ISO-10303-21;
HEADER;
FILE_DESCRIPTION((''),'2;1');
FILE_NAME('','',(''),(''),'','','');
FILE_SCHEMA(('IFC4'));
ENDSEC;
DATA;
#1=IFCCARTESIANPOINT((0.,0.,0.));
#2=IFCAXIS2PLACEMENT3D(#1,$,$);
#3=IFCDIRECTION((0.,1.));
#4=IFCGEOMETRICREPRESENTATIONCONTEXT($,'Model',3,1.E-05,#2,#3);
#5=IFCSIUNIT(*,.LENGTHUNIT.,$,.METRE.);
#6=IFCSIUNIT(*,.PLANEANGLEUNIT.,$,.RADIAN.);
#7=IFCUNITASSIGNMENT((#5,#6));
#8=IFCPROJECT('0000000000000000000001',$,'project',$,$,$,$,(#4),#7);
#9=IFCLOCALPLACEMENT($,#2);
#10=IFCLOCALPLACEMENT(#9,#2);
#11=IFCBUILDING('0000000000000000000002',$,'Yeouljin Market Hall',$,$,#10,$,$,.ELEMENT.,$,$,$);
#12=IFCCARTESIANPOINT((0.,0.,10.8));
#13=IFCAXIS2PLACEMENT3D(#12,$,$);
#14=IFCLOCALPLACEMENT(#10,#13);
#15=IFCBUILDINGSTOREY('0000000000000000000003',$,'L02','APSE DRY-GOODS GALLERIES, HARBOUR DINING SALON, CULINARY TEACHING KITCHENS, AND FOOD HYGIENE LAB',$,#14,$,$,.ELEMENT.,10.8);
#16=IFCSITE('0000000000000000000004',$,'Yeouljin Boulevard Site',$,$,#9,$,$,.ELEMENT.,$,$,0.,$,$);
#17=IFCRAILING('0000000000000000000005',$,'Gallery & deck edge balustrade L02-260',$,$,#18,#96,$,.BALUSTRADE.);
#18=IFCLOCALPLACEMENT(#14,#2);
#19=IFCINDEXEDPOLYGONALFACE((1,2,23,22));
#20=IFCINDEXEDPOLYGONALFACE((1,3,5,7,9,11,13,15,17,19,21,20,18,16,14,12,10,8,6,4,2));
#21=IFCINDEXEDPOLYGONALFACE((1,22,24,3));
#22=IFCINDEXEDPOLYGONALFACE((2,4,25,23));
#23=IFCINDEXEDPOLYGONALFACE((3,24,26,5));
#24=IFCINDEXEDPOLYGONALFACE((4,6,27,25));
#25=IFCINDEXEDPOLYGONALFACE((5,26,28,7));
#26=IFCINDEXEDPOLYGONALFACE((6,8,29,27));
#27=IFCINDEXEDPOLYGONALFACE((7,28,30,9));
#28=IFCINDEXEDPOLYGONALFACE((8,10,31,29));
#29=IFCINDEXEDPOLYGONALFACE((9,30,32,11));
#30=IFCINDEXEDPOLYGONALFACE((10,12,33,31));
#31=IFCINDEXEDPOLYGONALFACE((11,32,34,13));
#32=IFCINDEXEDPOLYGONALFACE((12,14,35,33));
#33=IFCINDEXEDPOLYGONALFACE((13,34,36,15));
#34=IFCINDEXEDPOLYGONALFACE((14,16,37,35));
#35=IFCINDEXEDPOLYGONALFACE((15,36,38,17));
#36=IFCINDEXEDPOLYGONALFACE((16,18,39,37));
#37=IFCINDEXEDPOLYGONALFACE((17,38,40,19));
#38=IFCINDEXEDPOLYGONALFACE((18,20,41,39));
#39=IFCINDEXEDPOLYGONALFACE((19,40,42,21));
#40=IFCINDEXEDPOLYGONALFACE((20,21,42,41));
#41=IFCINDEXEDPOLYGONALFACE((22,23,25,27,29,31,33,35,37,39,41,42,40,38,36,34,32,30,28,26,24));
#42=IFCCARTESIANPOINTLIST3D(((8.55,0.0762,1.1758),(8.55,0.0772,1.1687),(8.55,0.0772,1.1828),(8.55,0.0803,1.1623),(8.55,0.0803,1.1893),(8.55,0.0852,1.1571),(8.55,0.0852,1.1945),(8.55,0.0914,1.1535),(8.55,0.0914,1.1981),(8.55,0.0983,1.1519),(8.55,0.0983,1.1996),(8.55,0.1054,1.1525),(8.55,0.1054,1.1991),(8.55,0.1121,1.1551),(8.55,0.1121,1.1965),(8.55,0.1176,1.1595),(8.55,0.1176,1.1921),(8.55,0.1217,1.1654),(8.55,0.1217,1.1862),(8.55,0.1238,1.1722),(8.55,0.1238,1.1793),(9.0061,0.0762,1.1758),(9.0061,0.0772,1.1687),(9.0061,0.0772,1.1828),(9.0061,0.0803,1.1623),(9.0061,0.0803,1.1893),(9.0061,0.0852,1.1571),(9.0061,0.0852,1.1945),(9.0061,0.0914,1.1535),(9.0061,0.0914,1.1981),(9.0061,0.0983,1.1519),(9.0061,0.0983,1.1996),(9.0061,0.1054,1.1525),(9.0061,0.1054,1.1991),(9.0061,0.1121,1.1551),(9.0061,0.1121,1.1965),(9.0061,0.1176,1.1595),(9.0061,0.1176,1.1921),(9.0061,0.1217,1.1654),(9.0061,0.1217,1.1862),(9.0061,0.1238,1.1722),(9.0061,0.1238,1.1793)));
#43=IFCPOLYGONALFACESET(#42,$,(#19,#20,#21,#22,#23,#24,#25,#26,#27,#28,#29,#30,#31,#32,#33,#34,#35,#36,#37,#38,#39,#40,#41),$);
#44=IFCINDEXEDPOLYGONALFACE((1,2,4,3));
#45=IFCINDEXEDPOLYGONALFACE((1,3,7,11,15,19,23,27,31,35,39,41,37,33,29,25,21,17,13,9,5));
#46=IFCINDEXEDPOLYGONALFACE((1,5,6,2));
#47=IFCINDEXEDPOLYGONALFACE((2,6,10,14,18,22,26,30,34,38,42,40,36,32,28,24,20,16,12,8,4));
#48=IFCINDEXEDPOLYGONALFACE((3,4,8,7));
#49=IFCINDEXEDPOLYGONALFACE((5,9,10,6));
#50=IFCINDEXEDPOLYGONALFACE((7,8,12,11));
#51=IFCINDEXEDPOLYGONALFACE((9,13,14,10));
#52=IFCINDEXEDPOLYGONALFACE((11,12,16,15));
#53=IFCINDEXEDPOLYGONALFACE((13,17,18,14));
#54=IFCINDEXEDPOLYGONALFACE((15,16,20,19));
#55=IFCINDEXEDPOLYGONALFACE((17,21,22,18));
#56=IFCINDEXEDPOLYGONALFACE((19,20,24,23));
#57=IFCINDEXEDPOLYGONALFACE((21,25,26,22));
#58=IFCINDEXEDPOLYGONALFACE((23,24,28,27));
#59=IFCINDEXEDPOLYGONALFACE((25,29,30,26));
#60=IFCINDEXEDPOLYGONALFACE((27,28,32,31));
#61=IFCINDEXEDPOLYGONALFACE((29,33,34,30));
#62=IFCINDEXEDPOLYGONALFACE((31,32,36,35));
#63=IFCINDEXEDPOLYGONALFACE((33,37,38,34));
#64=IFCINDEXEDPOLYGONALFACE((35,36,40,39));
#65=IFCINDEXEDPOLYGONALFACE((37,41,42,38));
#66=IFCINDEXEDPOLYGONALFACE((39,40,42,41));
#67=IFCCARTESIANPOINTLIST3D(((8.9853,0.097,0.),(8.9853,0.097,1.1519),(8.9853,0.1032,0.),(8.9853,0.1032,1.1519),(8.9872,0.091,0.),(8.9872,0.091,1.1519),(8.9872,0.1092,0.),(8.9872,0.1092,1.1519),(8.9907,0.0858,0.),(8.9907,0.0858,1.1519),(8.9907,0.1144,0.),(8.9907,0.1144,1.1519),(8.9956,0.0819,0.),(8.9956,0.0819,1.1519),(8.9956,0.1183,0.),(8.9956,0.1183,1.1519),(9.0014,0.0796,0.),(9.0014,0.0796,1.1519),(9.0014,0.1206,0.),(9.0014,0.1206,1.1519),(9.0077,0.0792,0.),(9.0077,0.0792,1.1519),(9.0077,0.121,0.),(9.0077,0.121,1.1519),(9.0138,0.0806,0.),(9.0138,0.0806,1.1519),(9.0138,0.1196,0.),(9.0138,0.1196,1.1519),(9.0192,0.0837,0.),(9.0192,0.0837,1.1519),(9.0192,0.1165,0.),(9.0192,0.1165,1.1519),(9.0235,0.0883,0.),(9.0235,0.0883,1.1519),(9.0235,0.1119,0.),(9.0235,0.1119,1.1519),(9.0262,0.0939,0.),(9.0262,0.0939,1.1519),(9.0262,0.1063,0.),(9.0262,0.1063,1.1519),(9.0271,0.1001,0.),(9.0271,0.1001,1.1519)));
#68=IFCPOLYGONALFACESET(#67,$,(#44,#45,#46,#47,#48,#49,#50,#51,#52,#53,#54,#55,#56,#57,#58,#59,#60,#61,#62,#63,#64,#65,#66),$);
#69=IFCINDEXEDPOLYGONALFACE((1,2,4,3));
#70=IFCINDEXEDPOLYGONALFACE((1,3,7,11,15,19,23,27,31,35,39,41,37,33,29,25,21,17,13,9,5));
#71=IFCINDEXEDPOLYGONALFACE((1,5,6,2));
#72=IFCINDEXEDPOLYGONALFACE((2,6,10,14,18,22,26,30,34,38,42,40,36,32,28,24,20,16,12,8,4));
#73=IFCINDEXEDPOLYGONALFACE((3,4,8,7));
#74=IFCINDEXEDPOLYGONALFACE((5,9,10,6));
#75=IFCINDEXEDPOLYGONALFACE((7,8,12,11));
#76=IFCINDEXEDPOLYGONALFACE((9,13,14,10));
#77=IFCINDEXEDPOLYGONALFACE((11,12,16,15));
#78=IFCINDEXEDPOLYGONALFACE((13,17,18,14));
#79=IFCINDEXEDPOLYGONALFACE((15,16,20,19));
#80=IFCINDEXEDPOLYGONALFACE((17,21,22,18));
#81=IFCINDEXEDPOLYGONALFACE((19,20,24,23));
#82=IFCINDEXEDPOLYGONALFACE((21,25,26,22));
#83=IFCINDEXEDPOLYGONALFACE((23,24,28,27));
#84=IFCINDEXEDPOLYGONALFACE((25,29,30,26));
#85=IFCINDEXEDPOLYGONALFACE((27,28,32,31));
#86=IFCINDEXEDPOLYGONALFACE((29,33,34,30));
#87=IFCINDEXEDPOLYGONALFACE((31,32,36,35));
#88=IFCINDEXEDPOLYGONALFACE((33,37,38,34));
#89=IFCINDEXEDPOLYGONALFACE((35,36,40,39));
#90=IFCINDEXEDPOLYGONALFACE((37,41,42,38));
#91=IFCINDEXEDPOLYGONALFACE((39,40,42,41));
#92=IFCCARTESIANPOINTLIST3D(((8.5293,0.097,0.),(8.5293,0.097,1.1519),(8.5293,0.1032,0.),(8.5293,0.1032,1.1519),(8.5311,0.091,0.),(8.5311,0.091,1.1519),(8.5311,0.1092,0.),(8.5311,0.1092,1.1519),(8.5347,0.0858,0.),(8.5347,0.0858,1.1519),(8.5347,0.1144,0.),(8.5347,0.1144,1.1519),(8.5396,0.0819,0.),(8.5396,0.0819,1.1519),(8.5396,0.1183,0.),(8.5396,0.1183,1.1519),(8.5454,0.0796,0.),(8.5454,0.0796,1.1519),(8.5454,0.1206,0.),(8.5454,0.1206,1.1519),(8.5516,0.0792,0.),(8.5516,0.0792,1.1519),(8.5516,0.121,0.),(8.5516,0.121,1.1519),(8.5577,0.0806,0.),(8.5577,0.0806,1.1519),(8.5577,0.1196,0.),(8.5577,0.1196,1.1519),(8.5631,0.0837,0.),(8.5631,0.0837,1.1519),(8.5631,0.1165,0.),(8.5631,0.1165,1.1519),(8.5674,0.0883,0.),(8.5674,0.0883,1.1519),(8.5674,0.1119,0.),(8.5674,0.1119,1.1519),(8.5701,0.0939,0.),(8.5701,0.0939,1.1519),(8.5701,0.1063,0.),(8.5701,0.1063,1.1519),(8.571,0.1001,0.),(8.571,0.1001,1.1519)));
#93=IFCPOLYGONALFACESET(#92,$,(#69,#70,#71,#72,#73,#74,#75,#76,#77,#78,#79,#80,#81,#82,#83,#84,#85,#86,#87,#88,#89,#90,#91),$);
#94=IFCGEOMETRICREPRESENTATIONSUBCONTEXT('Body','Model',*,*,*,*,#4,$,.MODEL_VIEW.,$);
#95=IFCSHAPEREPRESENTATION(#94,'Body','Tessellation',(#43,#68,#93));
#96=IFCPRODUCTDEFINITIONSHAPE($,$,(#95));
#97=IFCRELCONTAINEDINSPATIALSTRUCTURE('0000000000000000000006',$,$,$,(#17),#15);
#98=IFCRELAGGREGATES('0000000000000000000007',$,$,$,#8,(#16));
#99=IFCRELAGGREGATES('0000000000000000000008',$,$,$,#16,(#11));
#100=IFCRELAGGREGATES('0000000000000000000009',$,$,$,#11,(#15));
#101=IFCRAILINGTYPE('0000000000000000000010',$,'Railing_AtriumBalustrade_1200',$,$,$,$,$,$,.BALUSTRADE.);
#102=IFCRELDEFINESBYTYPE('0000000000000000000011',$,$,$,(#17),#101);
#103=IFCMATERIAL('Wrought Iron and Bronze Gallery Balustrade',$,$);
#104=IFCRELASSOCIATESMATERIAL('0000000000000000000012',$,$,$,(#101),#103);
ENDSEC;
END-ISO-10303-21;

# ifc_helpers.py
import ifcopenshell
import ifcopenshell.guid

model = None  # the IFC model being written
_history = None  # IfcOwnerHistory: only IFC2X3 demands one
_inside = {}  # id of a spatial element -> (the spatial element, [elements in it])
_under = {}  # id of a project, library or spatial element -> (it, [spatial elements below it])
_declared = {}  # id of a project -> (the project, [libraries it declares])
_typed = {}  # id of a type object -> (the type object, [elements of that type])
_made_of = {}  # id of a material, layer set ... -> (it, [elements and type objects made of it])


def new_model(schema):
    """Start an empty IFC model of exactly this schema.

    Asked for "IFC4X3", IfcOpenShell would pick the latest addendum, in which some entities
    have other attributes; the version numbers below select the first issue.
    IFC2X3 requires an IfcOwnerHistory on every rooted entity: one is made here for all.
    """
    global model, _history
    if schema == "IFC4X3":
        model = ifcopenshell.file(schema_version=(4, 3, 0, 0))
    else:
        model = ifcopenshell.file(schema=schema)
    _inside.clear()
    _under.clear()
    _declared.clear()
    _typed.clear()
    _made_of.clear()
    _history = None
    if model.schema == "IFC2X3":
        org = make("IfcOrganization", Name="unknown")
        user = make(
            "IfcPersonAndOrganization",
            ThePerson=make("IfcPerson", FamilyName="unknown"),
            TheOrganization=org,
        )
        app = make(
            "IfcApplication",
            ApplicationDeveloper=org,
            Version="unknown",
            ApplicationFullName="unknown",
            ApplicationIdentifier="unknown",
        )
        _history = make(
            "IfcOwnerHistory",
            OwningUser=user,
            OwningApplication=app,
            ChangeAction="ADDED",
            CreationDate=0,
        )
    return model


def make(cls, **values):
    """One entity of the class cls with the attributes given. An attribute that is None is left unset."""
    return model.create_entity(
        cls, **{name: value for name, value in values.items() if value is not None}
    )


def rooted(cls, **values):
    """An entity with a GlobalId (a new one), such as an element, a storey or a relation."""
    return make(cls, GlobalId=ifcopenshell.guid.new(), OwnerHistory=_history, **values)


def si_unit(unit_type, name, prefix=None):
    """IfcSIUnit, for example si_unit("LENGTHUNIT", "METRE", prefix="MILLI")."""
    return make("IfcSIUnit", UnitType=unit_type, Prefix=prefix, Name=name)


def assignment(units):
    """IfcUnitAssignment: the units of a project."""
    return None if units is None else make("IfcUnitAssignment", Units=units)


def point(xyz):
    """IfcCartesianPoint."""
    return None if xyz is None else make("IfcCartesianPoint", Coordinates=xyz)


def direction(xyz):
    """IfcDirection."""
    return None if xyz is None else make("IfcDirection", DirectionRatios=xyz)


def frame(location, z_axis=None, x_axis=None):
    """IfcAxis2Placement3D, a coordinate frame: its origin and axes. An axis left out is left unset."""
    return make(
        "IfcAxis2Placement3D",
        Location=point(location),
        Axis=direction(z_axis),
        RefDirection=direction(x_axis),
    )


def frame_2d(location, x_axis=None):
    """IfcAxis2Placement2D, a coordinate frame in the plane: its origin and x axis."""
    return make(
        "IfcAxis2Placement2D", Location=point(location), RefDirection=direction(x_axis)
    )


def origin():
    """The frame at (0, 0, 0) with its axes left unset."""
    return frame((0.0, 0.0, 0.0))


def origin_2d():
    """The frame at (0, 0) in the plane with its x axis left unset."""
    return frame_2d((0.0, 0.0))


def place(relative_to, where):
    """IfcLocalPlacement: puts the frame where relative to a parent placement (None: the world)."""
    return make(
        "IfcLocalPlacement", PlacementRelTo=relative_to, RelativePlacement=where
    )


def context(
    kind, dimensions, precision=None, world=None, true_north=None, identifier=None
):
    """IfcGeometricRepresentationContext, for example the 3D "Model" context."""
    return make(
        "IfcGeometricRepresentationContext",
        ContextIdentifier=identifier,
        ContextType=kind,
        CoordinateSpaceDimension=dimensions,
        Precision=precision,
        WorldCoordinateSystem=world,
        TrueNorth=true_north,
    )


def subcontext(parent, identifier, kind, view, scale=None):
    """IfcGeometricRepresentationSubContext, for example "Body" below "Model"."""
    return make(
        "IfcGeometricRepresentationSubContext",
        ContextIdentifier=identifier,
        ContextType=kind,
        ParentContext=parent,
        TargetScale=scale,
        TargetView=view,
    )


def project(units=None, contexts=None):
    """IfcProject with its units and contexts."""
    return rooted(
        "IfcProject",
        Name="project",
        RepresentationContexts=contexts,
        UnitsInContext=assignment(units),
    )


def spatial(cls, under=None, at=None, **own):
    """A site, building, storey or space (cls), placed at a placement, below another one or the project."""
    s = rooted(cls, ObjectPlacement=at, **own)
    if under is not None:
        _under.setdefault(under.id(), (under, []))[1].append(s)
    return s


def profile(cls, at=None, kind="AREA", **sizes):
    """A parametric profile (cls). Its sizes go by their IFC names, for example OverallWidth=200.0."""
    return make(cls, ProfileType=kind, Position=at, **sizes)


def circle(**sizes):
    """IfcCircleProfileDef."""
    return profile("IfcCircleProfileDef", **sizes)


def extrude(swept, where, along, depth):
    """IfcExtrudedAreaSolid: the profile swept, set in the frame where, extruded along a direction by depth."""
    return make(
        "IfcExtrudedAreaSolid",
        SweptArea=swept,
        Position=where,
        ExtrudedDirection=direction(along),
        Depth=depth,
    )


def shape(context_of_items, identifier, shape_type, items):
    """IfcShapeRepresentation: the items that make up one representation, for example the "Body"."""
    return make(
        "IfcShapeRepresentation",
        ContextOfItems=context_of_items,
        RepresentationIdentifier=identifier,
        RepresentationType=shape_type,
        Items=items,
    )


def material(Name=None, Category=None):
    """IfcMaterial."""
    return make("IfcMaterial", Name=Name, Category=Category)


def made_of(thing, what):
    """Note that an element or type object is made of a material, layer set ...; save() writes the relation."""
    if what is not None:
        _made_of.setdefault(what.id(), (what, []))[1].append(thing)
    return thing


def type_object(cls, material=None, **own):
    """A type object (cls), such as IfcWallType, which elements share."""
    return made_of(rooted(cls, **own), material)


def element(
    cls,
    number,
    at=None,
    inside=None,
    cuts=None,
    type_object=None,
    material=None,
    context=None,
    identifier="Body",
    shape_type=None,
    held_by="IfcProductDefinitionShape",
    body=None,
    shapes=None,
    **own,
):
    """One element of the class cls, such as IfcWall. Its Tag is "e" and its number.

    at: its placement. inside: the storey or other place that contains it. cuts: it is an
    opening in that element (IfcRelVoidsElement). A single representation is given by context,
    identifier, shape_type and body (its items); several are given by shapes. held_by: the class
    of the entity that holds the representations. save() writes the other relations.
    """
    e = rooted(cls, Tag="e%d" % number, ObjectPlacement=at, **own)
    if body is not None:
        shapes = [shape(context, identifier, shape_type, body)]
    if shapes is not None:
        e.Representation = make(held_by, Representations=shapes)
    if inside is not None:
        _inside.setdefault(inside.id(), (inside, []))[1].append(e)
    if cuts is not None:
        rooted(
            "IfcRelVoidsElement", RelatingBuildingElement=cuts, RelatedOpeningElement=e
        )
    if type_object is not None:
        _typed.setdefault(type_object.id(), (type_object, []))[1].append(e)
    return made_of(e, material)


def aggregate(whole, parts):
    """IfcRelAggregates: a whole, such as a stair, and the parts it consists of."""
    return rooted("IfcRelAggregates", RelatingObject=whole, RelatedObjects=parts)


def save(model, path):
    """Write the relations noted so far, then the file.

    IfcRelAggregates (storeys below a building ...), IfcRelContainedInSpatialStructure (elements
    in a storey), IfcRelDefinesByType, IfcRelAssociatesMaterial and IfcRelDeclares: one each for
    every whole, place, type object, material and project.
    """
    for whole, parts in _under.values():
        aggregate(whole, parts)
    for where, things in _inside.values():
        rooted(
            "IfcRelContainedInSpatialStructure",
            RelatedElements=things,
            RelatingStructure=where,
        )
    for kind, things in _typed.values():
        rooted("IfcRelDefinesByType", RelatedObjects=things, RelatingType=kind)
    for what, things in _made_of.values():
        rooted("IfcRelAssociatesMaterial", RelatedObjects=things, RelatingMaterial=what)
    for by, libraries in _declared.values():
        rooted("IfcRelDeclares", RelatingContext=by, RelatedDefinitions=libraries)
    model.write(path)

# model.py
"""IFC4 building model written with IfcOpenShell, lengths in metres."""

from ifc_helpers import new_model, si_unit, direction, frame, origin, origin_2d, place, context, subcontext, project, spatial, circle, extrude, material, type_object, element, save


model = new_model("IFC4")

# Units and contexts
model_context = context("Model", 3, precision=1e-05, world=origin(), true_north=direction((0.0, 1.0)))
body_context = subcontext(model_context, "Body", "Model", "MODEL_VIEW")
ifc_project = project(units=[si_unit("LENGTHUNIT", "METRE"), si_unit("PLANEANGLEUNIT", "RADIAN")], contexts=[model_context])

# Site, building, storey
site_placement = place(None, origin())
site = spatial("IfcSite", under=ifc_project, at=site_placement, Name="Yeouljin Boulevard Site", CompositionType="ELEMENT", RefElevation=0.0)
building_placement = place(site_placement, origin())
building = spatial("IfcBuilding", under=site, at=building_placement, Name="Yeouljin Market Hall", CompositionType="ELEMENT")
storey_placement = place(building_placement, frame((0.0, 0.0, 10.8)))
storey = spatial("IfcBuildingStorey", under=building, at=storey_placement, Name="L02", Description="APSE DRY-GOODS GALLERIES, HARBOUR DINING SALON, CULINARY TEACHING KITCHENS, AND FOOD HYGIENE LAB", CompositionType="ELEMENT", Elevation=10.8)

# Railing
ifc_material_1 = material(Name="Wrought Iron and Bronze Gallery Balustrade")
railing_type = type_object("IfcRailingType", Name="Railing_AtriumBalustrade_1200", PredefinedType="BALUSTRADE", material=ifc_material_1)
for number, where, name in (
    (1, (9.0061, 0.1001, 0.0), "Gallery & deck edge balustrade L02-260"),
):
    element("IfcRailing", number, at=place(storey_placement, frame(where)), inside=storey, type_object=railing_type, Name=name, PredefinedType="BALUSTRADE", context=body_context, shape_type="SweptSolid", body=[
        extrude(circle(Radius=0.0239, at=origin_2d()), frame((0.0, 0.0, 1.1758), z_axis=(-1.0, 0.0, 0.0), x_axis=(0.0, -1.0, 0.0)), (0.0, 0.0, 1.0), 0.4561),
        extrude(circle(Radius=0.021, at=origin_2d()), origin(), (0.0, 0.0, 1.0), 1.1519),
        extrude(circle(Radius=0.021, at=origin_2d()), frame((-0.4561, 0.0, 0.0)), (0.0, 0.0, 1.0), 1.1519),
    ])

save(model, "model.ifc")
